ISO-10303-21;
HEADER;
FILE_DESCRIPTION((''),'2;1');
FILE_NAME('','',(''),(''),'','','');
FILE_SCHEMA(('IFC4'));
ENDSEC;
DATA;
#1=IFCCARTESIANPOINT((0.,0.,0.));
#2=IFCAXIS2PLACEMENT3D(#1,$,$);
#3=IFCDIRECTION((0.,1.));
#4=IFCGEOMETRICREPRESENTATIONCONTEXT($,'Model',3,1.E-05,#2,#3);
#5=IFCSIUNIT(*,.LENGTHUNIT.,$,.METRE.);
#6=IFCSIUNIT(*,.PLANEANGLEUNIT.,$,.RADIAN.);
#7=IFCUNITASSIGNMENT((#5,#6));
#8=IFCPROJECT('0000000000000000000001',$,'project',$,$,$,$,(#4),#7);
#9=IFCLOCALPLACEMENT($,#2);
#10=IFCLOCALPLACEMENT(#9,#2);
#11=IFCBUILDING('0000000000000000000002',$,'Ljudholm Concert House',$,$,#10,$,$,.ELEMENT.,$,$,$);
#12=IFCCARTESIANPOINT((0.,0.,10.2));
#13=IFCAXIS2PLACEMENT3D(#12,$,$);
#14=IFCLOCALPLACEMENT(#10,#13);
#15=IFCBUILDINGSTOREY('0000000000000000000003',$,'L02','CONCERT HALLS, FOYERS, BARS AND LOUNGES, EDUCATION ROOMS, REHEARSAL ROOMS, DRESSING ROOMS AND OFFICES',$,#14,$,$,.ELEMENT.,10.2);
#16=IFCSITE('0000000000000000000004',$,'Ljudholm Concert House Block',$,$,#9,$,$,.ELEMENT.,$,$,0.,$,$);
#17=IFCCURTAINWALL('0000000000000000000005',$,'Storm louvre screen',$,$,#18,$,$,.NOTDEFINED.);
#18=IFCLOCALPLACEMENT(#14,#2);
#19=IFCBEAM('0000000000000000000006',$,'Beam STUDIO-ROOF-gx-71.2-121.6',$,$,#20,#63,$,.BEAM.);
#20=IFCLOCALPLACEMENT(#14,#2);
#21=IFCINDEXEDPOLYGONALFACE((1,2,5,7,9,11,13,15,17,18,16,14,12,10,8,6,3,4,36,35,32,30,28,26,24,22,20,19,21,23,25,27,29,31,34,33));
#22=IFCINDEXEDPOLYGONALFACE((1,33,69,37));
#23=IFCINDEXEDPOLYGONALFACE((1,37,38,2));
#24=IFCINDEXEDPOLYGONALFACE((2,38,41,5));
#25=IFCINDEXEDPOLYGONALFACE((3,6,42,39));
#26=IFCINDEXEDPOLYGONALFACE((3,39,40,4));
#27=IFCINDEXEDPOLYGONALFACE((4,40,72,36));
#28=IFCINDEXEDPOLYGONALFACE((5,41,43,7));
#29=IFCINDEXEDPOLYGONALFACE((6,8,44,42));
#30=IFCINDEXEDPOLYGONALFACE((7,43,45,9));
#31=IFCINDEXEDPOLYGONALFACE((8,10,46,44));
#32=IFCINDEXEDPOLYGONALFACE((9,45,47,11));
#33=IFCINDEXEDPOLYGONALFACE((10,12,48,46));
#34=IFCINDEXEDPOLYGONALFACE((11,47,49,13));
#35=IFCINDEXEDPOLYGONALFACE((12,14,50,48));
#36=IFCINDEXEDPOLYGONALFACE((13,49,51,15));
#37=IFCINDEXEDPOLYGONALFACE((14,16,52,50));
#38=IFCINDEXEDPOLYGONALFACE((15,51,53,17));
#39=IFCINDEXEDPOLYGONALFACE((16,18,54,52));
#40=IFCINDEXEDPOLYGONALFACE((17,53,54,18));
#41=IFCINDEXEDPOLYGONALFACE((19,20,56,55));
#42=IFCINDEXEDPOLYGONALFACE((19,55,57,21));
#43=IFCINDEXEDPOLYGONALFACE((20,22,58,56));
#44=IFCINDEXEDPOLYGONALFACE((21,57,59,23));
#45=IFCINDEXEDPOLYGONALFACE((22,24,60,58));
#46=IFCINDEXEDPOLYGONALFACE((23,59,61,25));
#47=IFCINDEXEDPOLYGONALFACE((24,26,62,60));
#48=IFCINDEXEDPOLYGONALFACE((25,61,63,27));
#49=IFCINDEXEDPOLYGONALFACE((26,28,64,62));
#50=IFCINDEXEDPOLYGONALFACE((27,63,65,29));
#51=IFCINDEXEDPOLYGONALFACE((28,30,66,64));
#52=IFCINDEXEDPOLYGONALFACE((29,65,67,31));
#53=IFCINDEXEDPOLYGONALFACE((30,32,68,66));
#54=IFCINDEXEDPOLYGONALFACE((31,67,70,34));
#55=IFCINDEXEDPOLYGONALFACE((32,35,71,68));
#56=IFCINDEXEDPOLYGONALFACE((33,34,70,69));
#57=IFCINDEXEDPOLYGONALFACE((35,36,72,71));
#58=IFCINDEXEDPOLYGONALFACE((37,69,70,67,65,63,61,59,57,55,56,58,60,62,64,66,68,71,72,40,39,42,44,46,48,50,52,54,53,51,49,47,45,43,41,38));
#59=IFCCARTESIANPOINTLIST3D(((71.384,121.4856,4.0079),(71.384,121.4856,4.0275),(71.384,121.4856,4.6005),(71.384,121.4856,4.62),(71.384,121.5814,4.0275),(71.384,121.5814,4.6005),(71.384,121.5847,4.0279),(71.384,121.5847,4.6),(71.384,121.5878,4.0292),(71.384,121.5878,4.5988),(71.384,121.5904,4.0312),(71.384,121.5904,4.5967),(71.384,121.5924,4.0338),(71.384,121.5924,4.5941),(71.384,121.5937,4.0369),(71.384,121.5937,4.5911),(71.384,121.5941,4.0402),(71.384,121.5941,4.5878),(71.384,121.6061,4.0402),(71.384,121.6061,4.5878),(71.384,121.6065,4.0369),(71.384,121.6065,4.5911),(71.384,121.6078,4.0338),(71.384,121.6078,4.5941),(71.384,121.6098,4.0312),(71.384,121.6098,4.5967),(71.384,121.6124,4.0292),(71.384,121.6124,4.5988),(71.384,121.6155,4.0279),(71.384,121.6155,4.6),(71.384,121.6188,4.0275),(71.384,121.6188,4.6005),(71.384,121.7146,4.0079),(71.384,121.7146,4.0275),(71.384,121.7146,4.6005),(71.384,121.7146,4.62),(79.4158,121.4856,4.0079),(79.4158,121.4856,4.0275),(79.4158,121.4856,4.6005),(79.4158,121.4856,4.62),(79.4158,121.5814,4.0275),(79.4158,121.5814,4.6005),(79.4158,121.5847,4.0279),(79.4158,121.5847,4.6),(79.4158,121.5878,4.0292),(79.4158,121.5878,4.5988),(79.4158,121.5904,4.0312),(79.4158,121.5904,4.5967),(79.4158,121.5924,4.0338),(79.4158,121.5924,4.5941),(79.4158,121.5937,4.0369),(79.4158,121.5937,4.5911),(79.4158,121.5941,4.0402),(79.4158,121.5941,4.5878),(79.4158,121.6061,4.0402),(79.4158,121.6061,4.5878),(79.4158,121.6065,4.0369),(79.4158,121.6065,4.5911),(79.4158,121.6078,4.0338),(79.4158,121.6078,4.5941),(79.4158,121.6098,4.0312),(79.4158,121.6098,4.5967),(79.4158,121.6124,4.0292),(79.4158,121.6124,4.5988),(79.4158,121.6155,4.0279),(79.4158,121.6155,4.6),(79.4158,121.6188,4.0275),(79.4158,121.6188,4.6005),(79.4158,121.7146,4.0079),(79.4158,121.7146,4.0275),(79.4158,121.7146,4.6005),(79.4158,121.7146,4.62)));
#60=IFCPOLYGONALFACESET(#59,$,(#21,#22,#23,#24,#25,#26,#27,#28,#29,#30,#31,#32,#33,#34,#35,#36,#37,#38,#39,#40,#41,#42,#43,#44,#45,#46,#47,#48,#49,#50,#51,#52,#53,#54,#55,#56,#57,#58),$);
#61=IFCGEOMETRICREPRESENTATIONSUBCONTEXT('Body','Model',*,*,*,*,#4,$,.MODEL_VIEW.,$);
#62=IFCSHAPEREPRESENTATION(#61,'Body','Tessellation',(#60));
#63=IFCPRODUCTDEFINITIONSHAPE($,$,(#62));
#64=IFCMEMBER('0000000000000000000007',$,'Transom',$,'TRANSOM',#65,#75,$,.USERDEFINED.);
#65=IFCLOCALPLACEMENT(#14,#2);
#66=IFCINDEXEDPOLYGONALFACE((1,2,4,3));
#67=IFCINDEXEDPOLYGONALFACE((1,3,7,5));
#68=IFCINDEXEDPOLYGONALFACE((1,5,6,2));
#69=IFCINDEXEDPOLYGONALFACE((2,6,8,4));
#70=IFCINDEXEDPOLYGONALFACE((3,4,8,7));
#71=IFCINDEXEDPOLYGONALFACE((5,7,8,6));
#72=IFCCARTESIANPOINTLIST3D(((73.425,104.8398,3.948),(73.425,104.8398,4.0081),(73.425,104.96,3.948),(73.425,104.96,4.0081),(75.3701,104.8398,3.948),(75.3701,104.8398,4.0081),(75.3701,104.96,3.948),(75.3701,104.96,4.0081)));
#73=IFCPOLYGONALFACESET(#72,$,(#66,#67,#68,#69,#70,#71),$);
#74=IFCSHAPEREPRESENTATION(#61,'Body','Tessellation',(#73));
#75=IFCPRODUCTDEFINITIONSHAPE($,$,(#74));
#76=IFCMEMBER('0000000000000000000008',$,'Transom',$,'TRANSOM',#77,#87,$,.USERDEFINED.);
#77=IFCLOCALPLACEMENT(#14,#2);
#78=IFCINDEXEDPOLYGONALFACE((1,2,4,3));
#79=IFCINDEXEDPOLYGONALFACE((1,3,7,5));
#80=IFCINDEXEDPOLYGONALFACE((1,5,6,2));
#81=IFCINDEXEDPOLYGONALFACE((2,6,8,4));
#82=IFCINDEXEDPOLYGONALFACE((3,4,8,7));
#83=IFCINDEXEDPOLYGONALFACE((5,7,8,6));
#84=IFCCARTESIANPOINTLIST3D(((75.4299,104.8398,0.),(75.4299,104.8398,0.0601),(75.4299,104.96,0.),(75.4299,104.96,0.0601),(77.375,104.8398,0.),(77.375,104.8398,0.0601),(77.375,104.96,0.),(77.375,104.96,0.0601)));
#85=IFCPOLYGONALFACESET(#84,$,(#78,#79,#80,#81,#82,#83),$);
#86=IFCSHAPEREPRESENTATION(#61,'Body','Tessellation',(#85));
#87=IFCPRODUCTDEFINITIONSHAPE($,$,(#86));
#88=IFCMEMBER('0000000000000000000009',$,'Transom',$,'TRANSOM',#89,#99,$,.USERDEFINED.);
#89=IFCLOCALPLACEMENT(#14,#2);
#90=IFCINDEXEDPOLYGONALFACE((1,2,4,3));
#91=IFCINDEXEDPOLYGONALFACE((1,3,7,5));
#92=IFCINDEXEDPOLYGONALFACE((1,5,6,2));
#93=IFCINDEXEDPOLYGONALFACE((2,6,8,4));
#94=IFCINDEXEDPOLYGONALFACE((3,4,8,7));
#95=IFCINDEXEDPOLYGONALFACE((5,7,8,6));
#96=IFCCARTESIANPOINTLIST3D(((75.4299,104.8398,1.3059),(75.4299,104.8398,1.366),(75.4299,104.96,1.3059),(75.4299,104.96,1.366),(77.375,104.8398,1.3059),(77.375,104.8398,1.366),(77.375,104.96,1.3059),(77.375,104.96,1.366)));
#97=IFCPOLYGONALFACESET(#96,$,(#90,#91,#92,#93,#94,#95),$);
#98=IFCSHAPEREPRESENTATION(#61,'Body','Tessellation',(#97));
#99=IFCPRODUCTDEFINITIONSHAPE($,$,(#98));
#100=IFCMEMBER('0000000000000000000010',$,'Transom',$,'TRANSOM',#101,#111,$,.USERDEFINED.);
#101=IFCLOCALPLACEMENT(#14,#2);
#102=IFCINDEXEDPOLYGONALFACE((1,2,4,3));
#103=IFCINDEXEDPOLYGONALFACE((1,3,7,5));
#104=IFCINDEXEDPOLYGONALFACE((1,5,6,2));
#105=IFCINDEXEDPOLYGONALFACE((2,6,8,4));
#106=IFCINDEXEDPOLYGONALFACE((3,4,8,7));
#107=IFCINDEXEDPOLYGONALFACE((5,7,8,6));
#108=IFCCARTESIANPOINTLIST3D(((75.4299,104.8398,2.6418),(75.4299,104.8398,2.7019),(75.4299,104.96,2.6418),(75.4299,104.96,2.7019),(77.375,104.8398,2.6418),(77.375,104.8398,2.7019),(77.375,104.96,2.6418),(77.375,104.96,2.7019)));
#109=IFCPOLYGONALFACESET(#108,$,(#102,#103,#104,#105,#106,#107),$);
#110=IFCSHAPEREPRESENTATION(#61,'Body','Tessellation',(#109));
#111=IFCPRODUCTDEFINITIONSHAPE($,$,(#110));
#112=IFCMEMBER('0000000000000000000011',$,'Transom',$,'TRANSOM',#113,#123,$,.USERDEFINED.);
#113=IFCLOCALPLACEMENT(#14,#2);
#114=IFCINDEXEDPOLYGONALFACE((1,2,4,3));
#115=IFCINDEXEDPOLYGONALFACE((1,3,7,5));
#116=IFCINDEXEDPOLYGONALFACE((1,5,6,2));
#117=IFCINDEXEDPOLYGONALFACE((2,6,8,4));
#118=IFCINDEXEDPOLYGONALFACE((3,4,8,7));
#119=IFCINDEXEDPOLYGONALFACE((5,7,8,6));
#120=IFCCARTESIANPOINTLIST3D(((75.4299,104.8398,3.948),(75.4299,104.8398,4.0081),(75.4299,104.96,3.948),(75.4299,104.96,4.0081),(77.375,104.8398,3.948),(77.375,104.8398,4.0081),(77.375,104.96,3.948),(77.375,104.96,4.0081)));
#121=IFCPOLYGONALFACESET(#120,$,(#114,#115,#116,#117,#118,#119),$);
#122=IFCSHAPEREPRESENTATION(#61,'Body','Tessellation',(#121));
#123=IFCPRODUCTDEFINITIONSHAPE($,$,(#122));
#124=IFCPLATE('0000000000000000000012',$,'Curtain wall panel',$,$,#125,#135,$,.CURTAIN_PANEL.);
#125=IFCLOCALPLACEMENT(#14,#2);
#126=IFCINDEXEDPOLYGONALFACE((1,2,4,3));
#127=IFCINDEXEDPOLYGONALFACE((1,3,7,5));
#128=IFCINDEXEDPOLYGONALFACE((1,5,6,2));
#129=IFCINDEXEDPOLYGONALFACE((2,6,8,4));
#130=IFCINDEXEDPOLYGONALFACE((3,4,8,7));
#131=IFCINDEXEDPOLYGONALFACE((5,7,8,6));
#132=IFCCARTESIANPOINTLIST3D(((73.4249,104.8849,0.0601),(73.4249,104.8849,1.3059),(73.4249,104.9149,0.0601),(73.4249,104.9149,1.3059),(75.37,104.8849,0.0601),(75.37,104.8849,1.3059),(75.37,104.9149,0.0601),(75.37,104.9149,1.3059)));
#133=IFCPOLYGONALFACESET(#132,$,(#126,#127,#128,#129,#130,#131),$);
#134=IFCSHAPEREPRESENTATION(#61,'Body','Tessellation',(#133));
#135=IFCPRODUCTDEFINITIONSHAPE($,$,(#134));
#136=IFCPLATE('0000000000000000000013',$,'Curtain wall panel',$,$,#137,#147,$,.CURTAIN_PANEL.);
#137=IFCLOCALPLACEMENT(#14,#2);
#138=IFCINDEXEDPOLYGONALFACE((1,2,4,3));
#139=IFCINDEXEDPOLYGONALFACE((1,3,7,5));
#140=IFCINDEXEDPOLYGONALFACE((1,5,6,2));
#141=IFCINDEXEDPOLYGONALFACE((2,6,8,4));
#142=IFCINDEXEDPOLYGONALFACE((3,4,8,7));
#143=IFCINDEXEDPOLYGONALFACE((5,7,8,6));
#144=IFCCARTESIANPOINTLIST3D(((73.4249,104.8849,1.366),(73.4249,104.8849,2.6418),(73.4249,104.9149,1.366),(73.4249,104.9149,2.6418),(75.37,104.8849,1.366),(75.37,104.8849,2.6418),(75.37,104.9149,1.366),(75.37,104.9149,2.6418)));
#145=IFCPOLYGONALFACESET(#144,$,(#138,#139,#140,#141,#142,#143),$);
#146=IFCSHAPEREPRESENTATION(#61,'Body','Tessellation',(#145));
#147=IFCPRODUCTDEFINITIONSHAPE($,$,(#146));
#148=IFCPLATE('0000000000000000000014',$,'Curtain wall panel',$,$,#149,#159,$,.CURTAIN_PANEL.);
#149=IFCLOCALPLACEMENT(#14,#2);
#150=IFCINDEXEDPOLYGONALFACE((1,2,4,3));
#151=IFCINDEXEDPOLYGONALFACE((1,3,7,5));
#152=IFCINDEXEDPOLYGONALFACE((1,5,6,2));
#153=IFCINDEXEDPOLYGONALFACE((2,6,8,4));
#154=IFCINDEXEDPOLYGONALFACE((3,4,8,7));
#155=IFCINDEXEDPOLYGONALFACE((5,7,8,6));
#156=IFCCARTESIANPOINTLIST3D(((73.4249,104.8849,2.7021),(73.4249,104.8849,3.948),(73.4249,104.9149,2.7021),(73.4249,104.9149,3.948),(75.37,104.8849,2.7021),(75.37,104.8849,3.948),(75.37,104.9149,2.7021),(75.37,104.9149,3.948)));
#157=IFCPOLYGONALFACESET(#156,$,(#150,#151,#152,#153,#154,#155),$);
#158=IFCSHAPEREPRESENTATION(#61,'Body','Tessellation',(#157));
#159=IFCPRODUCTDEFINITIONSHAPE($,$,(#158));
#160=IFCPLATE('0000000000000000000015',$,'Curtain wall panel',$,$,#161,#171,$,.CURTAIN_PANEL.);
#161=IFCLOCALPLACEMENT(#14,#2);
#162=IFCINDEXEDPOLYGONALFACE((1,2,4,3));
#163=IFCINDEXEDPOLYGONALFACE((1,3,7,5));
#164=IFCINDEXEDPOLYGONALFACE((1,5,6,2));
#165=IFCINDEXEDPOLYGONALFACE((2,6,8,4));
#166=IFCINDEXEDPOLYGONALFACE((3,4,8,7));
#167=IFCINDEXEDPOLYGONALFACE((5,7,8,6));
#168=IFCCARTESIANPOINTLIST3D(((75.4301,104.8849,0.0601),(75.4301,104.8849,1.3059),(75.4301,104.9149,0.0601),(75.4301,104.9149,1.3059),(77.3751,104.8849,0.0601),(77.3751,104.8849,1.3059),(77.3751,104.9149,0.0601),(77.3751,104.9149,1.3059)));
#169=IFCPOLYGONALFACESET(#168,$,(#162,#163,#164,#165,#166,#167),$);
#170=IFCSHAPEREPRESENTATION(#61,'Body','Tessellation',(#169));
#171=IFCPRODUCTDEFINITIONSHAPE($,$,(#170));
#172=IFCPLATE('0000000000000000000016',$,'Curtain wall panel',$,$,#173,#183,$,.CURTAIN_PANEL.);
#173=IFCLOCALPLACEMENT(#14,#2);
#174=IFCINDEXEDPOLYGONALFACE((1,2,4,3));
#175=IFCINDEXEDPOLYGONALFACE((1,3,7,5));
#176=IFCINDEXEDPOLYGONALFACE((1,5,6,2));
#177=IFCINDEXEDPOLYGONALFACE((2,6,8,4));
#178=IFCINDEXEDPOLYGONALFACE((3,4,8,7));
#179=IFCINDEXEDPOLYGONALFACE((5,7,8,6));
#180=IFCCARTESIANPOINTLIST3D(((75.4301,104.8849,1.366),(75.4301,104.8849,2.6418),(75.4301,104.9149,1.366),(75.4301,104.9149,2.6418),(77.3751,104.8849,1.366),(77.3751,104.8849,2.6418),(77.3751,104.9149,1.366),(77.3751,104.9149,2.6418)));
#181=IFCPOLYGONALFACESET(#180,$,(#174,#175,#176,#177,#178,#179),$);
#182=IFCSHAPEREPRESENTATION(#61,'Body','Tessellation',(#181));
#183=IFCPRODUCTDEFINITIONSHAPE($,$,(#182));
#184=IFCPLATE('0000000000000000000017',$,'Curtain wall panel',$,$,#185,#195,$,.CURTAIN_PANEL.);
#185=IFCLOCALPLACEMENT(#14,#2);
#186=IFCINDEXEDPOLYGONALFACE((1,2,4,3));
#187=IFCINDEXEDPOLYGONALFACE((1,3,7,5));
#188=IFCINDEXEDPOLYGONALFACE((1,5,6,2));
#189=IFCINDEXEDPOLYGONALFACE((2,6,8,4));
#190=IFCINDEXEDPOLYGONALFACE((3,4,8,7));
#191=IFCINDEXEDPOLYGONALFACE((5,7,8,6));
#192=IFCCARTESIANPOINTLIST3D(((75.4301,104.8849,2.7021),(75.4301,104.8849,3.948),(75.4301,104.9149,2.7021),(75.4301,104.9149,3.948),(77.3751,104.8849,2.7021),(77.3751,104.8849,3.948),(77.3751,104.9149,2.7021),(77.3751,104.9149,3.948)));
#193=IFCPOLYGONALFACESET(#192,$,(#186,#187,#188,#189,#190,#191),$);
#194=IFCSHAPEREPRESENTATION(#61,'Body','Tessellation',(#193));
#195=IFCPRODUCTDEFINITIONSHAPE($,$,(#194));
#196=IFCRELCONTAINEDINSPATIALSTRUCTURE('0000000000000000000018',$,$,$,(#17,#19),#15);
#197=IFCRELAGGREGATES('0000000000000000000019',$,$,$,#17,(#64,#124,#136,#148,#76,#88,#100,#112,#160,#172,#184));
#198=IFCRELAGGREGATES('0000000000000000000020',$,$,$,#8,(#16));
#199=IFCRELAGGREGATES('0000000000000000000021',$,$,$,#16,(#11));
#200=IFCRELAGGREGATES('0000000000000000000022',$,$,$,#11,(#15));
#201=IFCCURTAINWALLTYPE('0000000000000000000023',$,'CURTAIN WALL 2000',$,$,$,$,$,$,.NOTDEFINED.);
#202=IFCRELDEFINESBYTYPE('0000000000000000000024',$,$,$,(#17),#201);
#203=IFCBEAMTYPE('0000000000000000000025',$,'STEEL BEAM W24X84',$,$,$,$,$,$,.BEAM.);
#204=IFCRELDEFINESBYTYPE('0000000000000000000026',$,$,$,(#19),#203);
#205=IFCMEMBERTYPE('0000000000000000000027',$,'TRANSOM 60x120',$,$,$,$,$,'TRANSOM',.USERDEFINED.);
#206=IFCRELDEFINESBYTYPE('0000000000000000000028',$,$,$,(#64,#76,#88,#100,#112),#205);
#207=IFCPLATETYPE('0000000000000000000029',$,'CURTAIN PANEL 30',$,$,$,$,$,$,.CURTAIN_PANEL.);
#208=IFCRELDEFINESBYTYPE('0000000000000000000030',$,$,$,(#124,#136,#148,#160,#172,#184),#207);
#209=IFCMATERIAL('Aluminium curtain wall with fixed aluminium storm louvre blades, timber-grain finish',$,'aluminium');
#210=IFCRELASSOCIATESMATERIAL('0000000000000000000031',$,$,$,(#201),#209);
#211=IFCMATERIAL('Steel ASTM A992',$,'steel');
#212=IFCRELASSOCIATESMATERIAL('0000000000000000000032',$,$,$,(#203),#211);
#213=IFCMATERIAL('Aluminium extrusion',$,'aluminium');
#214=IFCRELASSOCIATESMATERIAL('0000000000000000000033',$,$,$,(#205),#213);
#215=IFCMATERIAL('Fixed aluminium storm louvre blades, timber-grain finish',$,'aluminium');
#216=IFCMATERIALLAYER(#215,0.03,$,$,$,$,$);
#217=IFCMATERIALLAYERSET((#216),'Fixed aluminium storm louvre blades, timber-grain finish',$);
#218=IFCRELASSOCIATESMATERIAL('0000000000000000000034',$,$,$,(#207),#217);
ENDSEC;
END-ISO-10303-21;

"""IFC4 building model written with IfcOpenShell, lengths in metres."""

from ifc_helpers import new_model, si_unit, direction, frame, origin, origin_2d, place, context, subcontext, project, spatial, rectangle, i_section, extrude, material, layer, layer_set, material_profile, profile_set, type_object, element, aggregate, save


model = new_model("IFC4")

# Units and contexts
model_context = context("Model", 3, precision=1e-05, world=origin(), true_north=direction((0.0, 1.0)))
body_context = subcontext(model_context, "Body", "Model", "MODEL_VIEW")
ifc_project = project(units=[si_unit("LENGTHUNIT", "METRE"), si_unit("PLANEANGLEUNIT", "RADIAN")], contexts=[model_context])

# Site, building, storey
site_placement = place(None, origin())
site = spatial("IfcSite", under=ifc_project, at=site_placement, Name="Ljudholm Concert House Block", CompositionType="ELEMENT", RefElevation=0.0)
building_placement = place(site_placement, origin())
building = spatial("IfcBuilding", under=site, at=building_placement, Name="Ljudholm Concert House", CompositionType="ELEMENT")
storey_placement = place(building_placement, frame((0.0, 0.0, 10.2)))
storey = spatial("IfcBuildingStorey", under=building, at=storey_placement, Name="L02", Description="CONCERT HALLS, FOYERS, BARS AND LOUNGES, EDUCATION ROOMS, REHEARSAL ROOMS, DRESSING ROOMS AND OFFICES", CompositionType="ELEMENT", Elevation=10.2)

# Curtain wall
ifc_material_1 = material(Name="Aluminium curtain wall with fixed aluminium storm louvre blades, timber-grain finish", Category="aluminium")
curtain_wall_type = type_object("IfcCurtainWallType", Name="CURTAIN WALL 2000", PredefinedType="NOTDEFINED", material=ifc_material_1)
curtain_wall_placement = place(storey_placement, origin())
curtain_wall = element("IfcCurtainWall", 1, at=curtain_wall_placement, inside=storey, type_object=curtain_wall_type, Name="Storm louvre screen", PredefinedType="NOTDEFINED")

# Beam
ifc_material_2 = material(Name="Steel ASTM A992", Category="steel")
ifc_material_profile_1 = material_profile(ifc_material_2, i_section(OverallWidth=0.229, OverallDepth=0.6121, WebThickness=0.012, FlangeThickness=0.0195, FilletRadius=0.0127, at=origin_2d()), Name="W24X84")
ifc_profile_set_1 = profile_set([ifc_material_profile_1], Name="Steel ASTM A992")
beam_type_1 = type_object("IfcBeamType", Name="STEEL BEAM W24X84", PredefinedType="BEAM", material=ifc_profile_set_1)
for number, where, z_axis, x_axis, name in (
    (2, (71.384, 121.6001, 4.314), (1.0, 0.0, 0.0), (0.0, 1.0, 0.0), "Beam STUDIO-ROOF-gx-71.2-121.6"),
):
    element("IfcBeam", number, at=place(storey_placement, frame(where, z_axis=z_axis, x_axis=x_axis)), inside=storey, type_object=beam_type_1, Name=name, PredefinedType="BEAM", context=body_context, shape_type="SweptSolid", body=[
        extrude(i_section(OverallWidth=0.229, OverallDepth=0.6121, WebThickness=0.012, FlangeThickness=0.0195, FilletRadius=0.0127, at=origin_2d()), origin(), (0.0, 0.0, 1.0), 8.0317),
    ])

# Members
ifc_material_3 = material(Name="Aluminium extrusion", Category="aluminium")
ifc_material_profile_2 = material_profile(ifc_material_3, rectangle(XDim=0.1201, YDim=0.0601, at=origin_2d()), Name="TRANSOM 60x120")
ifc_profile_set_2 = profile_set([ifc_material_profile_2], Name="Aluminium extrusion")
member_type_1 = type_object("IfcMemberType", Name="TRANSOM 60x120", ElementType="TRANSOM", PredefinedType="USERDEFINED", material=ifc_profile_set_2)
member_1_placement = place(storey_placement, frame((73.425, 104.8999, 3.978), z_axis=(1.0, 0.0, 0.0), x_axis=(0.0, 1.0, 0.0)))
member_1 = element("IfcMember", 3, at=member_1_placement, type_object=member_type_1, Name="Transom", ObjectType="TRANSOM", PredefinedType="USERDEFINED", context=body_context, shape_type="SweptSolid", body=[
    extrude(rectangle(XDim=0.1201, YDim=0.0601, at=origin_2d()), origin(), (0.0, 0.0, 1.0), 1.9451),
])
member_2_placement = place(storey_placement, frame((75.4299, 104.8999, 0.03), z_axis=(1.0, 0.0, 0.0), x_axis=(0.0, 1.0, 0.0)))
member_2 = element("IfcMember", 4, at=member_2_placement, type_object=member_type_1, Name="Transom", ObjectType="TRANSOM", PredefinedType="USERDEFINED", context=body_context, shape_type="SweptSolid", body=[
    extrude(rectangle(XDim=0.1201, YDim=0.0601, at=origin_2d()), origin(), (0.0, 0.0, 1.0), 1.9451),
])
member_3_placement = place(storey_placement, frame((75.4299, 104.8999, 1.3359), z_axis=(1.0, 0.0, 0.0), x_axis=(0.0, 1.0, 0.0)))
member_3 = element("IfcMember", 5, at=member_3_placement, type_object=member_type_1, Name="Transom", ObjectType="TRANSOM", PredefinedType="USERDEFINED", context=body_context, shape_type="SweptSolid", body=[
    extrude(rectangle(XDim=0.1201, YDim=0.0601, at=origin_2d()), origin(), (0.0, 0.0, 1.0), 1.9451),
])
member_4_placement = place(storey_placement, frame((75.4299, 104.8999, 2.6719), z_axis=(1.0, 0.0, 0.0), x_axis=(0.0, 1.0, 0.0)))
member_4 = element("IfcMember", 6, at=member_4_placement, type_object=member_type_1, Name="Transom", ObjectType="TRANSOM", PredefinedType="USERDEFINED", context=body_context, shape_type="SweptSolid", body=[
    extrude(rectangle(XDim=0.1201, YDim=0.0601, at=origin_2d()), origin(), (0.0, 0.0, 1.0), 1.9451),
])
member_5_placement = place(storey_placement, frame((75.4299, 104.8999, 3.978), z_axis=(1.0, 0.0, 0.0), x_axis=(0.0, 1.0, 0.0)))
member_5 = element("IfcMember", 7, at=member_5_placement, type_object=member_type_1, Name="Transom", ObjectType="TRANSOM", PredefinedType="USERDEFINED", context=body_context, shape_type="SweptSolid", body=[
    extrude(rectangle(XDim=0.1201, YDim=0.0601, at=origin_2d()), origin(), (0.0, 0.0, 1.0), 1.9451),
])

# Plates
ifc_material_4 = material(Name="Fixed aluminium storm louvre blades, timber-grain finish", Category="aluminium")
ifc_layer_1 = layer(ifc_material_4, 0.03)
ifc_layer_set_1 = layer_set([ifc_layer_1], Name="Fixed aluminium storm louvre blades, timber-grain finish")
plate_type = type_object("IfcPlateType", Name="CURTAIN PANEL 30", PredefinedType="CURTAIN_PANEL", material=ifc_layer_set_1)
plate_1_placement = place(storey_placement, frame((74.3975, 104.8999, 0.0601), z_axis=(0.0, 0.0, 1.0), x_axis=(1.0, 0.0, 0.0)))
plate_1 = element("IfcPlate", 8, at=plate_1_placement, type_object=plate_type, Name="Curtain wall panel", PredefinedType="CURTAIN_PANEL", context=body_context, shape_type="SweptSolid", body=[
    extrude(rectangle(XDim=1.9451, YDim=0.03, at=origin_2d()), origin(), (0.0, 0.0, 1.0), 1.2458),
])
plate_2_placement = place(storey_placement, frame((74.3975, 104.8999, 1.366), z_axis=(0.0, 0.0, 1.0), x_axis=(1.0, 0.0, 0.0)))
plate_2 = element("IfcPlate", 9, at=plate_2_placement, type_object=plate_type, Name="Curtain wall panel", PredefinedType="CURTAIN_PANEL", context=body_context, shape_type="SweptSolid", body=[
    extrude(rectangle(XDim=1.9451, YDim=0.03, at=origin_2d()), origin(), (0.0, 0.0, 1.0), 1.2759),
])
plate_3_placement = place(storey_placement, frame((74.3975, 104.8999, 2.7021), z_axis=(0.0, 0.0, 1.0), x_axis=(1.0, 0.0, 0.0)))
plate_3 = element("IfcPlate", 10, at=plate_3_placement, type_object=plate_type, Name="Curtain wall panel", PredefinedType="CURTAIN_PANEL", context=body_context, shape_type="SweptSolid", body=[
    extrude(rectangle(XDim=1.9451, YDim=0.03, at=origin_2d()), origin(), (0.0, 0.0, 1.0), 1.2458),
])
plate_4_placement = place(storey_placement, frame((76.4026, 104.8999, 0.0601), z_axis=(0.0, 0.0, 1.0), x_axis=(1.0, 0.0, 0.0)))
plate_4 = element("IfcPlate", 11, at=plate_4_placement, type_object=plate_type, Name="Curtain wall panel", PredefinedType="CURTAIN_PANEL", context=body_context, shape_type="SweptSolid", body=[
    extrude(rectangle(XDim=1.9451, YDim=0.03, at=origin_2d()), origin(), (0.0, 0.0, 1.0), 1.2458),
])
plate_5_placement = place(storey_placement, frame((76.4026, 104.8999, 1.366), z_axis=(0.0, 0.0, 1.0), x_axis=(1.0, 0.0, 0.0)))
plate_5 = element("IfcPlate", 12, at=plate_5_placement, type_object=plate_type, Name="Curtain wall panel", PredefinedType="CURTAIN_PANEL", context=body_context, shape_type="SweptSolid", body=[
    extrude(rectangle(XDim=1.9451, YDim=0.03, at=origin_2d()), origin(), (0.0, 0.0, 1.0), 1.2759),
])
plate_6_placement = place(storey_placement, frame((76.4026, 104.8999, 2.7021), z_axis=(0.0, 0.0, 1.0), x_axis=(1.0, 0.0, 0.0)))
plate_6 = element("IfcPlate", 13, at=plate_6_placement, type_object=plate_type, Name="Curtain wall panel", PredefinedType="CURTAIN_PANEL", context=body_context, shape_type="SweptSolid", body=[
    extrude(rectangle(XDim=1.9451, YDim=0.03, at=origin_2d()), origin(), (0.0, 0.0, 1.0), 1.2458),
])
aggregate(curtain_wall, [member_1, plate_1, plate_2, plate_3, member_2, member_3, member_4, member_5, plate_4, plate_5, plate_6])

save(model, "model.ifc")
